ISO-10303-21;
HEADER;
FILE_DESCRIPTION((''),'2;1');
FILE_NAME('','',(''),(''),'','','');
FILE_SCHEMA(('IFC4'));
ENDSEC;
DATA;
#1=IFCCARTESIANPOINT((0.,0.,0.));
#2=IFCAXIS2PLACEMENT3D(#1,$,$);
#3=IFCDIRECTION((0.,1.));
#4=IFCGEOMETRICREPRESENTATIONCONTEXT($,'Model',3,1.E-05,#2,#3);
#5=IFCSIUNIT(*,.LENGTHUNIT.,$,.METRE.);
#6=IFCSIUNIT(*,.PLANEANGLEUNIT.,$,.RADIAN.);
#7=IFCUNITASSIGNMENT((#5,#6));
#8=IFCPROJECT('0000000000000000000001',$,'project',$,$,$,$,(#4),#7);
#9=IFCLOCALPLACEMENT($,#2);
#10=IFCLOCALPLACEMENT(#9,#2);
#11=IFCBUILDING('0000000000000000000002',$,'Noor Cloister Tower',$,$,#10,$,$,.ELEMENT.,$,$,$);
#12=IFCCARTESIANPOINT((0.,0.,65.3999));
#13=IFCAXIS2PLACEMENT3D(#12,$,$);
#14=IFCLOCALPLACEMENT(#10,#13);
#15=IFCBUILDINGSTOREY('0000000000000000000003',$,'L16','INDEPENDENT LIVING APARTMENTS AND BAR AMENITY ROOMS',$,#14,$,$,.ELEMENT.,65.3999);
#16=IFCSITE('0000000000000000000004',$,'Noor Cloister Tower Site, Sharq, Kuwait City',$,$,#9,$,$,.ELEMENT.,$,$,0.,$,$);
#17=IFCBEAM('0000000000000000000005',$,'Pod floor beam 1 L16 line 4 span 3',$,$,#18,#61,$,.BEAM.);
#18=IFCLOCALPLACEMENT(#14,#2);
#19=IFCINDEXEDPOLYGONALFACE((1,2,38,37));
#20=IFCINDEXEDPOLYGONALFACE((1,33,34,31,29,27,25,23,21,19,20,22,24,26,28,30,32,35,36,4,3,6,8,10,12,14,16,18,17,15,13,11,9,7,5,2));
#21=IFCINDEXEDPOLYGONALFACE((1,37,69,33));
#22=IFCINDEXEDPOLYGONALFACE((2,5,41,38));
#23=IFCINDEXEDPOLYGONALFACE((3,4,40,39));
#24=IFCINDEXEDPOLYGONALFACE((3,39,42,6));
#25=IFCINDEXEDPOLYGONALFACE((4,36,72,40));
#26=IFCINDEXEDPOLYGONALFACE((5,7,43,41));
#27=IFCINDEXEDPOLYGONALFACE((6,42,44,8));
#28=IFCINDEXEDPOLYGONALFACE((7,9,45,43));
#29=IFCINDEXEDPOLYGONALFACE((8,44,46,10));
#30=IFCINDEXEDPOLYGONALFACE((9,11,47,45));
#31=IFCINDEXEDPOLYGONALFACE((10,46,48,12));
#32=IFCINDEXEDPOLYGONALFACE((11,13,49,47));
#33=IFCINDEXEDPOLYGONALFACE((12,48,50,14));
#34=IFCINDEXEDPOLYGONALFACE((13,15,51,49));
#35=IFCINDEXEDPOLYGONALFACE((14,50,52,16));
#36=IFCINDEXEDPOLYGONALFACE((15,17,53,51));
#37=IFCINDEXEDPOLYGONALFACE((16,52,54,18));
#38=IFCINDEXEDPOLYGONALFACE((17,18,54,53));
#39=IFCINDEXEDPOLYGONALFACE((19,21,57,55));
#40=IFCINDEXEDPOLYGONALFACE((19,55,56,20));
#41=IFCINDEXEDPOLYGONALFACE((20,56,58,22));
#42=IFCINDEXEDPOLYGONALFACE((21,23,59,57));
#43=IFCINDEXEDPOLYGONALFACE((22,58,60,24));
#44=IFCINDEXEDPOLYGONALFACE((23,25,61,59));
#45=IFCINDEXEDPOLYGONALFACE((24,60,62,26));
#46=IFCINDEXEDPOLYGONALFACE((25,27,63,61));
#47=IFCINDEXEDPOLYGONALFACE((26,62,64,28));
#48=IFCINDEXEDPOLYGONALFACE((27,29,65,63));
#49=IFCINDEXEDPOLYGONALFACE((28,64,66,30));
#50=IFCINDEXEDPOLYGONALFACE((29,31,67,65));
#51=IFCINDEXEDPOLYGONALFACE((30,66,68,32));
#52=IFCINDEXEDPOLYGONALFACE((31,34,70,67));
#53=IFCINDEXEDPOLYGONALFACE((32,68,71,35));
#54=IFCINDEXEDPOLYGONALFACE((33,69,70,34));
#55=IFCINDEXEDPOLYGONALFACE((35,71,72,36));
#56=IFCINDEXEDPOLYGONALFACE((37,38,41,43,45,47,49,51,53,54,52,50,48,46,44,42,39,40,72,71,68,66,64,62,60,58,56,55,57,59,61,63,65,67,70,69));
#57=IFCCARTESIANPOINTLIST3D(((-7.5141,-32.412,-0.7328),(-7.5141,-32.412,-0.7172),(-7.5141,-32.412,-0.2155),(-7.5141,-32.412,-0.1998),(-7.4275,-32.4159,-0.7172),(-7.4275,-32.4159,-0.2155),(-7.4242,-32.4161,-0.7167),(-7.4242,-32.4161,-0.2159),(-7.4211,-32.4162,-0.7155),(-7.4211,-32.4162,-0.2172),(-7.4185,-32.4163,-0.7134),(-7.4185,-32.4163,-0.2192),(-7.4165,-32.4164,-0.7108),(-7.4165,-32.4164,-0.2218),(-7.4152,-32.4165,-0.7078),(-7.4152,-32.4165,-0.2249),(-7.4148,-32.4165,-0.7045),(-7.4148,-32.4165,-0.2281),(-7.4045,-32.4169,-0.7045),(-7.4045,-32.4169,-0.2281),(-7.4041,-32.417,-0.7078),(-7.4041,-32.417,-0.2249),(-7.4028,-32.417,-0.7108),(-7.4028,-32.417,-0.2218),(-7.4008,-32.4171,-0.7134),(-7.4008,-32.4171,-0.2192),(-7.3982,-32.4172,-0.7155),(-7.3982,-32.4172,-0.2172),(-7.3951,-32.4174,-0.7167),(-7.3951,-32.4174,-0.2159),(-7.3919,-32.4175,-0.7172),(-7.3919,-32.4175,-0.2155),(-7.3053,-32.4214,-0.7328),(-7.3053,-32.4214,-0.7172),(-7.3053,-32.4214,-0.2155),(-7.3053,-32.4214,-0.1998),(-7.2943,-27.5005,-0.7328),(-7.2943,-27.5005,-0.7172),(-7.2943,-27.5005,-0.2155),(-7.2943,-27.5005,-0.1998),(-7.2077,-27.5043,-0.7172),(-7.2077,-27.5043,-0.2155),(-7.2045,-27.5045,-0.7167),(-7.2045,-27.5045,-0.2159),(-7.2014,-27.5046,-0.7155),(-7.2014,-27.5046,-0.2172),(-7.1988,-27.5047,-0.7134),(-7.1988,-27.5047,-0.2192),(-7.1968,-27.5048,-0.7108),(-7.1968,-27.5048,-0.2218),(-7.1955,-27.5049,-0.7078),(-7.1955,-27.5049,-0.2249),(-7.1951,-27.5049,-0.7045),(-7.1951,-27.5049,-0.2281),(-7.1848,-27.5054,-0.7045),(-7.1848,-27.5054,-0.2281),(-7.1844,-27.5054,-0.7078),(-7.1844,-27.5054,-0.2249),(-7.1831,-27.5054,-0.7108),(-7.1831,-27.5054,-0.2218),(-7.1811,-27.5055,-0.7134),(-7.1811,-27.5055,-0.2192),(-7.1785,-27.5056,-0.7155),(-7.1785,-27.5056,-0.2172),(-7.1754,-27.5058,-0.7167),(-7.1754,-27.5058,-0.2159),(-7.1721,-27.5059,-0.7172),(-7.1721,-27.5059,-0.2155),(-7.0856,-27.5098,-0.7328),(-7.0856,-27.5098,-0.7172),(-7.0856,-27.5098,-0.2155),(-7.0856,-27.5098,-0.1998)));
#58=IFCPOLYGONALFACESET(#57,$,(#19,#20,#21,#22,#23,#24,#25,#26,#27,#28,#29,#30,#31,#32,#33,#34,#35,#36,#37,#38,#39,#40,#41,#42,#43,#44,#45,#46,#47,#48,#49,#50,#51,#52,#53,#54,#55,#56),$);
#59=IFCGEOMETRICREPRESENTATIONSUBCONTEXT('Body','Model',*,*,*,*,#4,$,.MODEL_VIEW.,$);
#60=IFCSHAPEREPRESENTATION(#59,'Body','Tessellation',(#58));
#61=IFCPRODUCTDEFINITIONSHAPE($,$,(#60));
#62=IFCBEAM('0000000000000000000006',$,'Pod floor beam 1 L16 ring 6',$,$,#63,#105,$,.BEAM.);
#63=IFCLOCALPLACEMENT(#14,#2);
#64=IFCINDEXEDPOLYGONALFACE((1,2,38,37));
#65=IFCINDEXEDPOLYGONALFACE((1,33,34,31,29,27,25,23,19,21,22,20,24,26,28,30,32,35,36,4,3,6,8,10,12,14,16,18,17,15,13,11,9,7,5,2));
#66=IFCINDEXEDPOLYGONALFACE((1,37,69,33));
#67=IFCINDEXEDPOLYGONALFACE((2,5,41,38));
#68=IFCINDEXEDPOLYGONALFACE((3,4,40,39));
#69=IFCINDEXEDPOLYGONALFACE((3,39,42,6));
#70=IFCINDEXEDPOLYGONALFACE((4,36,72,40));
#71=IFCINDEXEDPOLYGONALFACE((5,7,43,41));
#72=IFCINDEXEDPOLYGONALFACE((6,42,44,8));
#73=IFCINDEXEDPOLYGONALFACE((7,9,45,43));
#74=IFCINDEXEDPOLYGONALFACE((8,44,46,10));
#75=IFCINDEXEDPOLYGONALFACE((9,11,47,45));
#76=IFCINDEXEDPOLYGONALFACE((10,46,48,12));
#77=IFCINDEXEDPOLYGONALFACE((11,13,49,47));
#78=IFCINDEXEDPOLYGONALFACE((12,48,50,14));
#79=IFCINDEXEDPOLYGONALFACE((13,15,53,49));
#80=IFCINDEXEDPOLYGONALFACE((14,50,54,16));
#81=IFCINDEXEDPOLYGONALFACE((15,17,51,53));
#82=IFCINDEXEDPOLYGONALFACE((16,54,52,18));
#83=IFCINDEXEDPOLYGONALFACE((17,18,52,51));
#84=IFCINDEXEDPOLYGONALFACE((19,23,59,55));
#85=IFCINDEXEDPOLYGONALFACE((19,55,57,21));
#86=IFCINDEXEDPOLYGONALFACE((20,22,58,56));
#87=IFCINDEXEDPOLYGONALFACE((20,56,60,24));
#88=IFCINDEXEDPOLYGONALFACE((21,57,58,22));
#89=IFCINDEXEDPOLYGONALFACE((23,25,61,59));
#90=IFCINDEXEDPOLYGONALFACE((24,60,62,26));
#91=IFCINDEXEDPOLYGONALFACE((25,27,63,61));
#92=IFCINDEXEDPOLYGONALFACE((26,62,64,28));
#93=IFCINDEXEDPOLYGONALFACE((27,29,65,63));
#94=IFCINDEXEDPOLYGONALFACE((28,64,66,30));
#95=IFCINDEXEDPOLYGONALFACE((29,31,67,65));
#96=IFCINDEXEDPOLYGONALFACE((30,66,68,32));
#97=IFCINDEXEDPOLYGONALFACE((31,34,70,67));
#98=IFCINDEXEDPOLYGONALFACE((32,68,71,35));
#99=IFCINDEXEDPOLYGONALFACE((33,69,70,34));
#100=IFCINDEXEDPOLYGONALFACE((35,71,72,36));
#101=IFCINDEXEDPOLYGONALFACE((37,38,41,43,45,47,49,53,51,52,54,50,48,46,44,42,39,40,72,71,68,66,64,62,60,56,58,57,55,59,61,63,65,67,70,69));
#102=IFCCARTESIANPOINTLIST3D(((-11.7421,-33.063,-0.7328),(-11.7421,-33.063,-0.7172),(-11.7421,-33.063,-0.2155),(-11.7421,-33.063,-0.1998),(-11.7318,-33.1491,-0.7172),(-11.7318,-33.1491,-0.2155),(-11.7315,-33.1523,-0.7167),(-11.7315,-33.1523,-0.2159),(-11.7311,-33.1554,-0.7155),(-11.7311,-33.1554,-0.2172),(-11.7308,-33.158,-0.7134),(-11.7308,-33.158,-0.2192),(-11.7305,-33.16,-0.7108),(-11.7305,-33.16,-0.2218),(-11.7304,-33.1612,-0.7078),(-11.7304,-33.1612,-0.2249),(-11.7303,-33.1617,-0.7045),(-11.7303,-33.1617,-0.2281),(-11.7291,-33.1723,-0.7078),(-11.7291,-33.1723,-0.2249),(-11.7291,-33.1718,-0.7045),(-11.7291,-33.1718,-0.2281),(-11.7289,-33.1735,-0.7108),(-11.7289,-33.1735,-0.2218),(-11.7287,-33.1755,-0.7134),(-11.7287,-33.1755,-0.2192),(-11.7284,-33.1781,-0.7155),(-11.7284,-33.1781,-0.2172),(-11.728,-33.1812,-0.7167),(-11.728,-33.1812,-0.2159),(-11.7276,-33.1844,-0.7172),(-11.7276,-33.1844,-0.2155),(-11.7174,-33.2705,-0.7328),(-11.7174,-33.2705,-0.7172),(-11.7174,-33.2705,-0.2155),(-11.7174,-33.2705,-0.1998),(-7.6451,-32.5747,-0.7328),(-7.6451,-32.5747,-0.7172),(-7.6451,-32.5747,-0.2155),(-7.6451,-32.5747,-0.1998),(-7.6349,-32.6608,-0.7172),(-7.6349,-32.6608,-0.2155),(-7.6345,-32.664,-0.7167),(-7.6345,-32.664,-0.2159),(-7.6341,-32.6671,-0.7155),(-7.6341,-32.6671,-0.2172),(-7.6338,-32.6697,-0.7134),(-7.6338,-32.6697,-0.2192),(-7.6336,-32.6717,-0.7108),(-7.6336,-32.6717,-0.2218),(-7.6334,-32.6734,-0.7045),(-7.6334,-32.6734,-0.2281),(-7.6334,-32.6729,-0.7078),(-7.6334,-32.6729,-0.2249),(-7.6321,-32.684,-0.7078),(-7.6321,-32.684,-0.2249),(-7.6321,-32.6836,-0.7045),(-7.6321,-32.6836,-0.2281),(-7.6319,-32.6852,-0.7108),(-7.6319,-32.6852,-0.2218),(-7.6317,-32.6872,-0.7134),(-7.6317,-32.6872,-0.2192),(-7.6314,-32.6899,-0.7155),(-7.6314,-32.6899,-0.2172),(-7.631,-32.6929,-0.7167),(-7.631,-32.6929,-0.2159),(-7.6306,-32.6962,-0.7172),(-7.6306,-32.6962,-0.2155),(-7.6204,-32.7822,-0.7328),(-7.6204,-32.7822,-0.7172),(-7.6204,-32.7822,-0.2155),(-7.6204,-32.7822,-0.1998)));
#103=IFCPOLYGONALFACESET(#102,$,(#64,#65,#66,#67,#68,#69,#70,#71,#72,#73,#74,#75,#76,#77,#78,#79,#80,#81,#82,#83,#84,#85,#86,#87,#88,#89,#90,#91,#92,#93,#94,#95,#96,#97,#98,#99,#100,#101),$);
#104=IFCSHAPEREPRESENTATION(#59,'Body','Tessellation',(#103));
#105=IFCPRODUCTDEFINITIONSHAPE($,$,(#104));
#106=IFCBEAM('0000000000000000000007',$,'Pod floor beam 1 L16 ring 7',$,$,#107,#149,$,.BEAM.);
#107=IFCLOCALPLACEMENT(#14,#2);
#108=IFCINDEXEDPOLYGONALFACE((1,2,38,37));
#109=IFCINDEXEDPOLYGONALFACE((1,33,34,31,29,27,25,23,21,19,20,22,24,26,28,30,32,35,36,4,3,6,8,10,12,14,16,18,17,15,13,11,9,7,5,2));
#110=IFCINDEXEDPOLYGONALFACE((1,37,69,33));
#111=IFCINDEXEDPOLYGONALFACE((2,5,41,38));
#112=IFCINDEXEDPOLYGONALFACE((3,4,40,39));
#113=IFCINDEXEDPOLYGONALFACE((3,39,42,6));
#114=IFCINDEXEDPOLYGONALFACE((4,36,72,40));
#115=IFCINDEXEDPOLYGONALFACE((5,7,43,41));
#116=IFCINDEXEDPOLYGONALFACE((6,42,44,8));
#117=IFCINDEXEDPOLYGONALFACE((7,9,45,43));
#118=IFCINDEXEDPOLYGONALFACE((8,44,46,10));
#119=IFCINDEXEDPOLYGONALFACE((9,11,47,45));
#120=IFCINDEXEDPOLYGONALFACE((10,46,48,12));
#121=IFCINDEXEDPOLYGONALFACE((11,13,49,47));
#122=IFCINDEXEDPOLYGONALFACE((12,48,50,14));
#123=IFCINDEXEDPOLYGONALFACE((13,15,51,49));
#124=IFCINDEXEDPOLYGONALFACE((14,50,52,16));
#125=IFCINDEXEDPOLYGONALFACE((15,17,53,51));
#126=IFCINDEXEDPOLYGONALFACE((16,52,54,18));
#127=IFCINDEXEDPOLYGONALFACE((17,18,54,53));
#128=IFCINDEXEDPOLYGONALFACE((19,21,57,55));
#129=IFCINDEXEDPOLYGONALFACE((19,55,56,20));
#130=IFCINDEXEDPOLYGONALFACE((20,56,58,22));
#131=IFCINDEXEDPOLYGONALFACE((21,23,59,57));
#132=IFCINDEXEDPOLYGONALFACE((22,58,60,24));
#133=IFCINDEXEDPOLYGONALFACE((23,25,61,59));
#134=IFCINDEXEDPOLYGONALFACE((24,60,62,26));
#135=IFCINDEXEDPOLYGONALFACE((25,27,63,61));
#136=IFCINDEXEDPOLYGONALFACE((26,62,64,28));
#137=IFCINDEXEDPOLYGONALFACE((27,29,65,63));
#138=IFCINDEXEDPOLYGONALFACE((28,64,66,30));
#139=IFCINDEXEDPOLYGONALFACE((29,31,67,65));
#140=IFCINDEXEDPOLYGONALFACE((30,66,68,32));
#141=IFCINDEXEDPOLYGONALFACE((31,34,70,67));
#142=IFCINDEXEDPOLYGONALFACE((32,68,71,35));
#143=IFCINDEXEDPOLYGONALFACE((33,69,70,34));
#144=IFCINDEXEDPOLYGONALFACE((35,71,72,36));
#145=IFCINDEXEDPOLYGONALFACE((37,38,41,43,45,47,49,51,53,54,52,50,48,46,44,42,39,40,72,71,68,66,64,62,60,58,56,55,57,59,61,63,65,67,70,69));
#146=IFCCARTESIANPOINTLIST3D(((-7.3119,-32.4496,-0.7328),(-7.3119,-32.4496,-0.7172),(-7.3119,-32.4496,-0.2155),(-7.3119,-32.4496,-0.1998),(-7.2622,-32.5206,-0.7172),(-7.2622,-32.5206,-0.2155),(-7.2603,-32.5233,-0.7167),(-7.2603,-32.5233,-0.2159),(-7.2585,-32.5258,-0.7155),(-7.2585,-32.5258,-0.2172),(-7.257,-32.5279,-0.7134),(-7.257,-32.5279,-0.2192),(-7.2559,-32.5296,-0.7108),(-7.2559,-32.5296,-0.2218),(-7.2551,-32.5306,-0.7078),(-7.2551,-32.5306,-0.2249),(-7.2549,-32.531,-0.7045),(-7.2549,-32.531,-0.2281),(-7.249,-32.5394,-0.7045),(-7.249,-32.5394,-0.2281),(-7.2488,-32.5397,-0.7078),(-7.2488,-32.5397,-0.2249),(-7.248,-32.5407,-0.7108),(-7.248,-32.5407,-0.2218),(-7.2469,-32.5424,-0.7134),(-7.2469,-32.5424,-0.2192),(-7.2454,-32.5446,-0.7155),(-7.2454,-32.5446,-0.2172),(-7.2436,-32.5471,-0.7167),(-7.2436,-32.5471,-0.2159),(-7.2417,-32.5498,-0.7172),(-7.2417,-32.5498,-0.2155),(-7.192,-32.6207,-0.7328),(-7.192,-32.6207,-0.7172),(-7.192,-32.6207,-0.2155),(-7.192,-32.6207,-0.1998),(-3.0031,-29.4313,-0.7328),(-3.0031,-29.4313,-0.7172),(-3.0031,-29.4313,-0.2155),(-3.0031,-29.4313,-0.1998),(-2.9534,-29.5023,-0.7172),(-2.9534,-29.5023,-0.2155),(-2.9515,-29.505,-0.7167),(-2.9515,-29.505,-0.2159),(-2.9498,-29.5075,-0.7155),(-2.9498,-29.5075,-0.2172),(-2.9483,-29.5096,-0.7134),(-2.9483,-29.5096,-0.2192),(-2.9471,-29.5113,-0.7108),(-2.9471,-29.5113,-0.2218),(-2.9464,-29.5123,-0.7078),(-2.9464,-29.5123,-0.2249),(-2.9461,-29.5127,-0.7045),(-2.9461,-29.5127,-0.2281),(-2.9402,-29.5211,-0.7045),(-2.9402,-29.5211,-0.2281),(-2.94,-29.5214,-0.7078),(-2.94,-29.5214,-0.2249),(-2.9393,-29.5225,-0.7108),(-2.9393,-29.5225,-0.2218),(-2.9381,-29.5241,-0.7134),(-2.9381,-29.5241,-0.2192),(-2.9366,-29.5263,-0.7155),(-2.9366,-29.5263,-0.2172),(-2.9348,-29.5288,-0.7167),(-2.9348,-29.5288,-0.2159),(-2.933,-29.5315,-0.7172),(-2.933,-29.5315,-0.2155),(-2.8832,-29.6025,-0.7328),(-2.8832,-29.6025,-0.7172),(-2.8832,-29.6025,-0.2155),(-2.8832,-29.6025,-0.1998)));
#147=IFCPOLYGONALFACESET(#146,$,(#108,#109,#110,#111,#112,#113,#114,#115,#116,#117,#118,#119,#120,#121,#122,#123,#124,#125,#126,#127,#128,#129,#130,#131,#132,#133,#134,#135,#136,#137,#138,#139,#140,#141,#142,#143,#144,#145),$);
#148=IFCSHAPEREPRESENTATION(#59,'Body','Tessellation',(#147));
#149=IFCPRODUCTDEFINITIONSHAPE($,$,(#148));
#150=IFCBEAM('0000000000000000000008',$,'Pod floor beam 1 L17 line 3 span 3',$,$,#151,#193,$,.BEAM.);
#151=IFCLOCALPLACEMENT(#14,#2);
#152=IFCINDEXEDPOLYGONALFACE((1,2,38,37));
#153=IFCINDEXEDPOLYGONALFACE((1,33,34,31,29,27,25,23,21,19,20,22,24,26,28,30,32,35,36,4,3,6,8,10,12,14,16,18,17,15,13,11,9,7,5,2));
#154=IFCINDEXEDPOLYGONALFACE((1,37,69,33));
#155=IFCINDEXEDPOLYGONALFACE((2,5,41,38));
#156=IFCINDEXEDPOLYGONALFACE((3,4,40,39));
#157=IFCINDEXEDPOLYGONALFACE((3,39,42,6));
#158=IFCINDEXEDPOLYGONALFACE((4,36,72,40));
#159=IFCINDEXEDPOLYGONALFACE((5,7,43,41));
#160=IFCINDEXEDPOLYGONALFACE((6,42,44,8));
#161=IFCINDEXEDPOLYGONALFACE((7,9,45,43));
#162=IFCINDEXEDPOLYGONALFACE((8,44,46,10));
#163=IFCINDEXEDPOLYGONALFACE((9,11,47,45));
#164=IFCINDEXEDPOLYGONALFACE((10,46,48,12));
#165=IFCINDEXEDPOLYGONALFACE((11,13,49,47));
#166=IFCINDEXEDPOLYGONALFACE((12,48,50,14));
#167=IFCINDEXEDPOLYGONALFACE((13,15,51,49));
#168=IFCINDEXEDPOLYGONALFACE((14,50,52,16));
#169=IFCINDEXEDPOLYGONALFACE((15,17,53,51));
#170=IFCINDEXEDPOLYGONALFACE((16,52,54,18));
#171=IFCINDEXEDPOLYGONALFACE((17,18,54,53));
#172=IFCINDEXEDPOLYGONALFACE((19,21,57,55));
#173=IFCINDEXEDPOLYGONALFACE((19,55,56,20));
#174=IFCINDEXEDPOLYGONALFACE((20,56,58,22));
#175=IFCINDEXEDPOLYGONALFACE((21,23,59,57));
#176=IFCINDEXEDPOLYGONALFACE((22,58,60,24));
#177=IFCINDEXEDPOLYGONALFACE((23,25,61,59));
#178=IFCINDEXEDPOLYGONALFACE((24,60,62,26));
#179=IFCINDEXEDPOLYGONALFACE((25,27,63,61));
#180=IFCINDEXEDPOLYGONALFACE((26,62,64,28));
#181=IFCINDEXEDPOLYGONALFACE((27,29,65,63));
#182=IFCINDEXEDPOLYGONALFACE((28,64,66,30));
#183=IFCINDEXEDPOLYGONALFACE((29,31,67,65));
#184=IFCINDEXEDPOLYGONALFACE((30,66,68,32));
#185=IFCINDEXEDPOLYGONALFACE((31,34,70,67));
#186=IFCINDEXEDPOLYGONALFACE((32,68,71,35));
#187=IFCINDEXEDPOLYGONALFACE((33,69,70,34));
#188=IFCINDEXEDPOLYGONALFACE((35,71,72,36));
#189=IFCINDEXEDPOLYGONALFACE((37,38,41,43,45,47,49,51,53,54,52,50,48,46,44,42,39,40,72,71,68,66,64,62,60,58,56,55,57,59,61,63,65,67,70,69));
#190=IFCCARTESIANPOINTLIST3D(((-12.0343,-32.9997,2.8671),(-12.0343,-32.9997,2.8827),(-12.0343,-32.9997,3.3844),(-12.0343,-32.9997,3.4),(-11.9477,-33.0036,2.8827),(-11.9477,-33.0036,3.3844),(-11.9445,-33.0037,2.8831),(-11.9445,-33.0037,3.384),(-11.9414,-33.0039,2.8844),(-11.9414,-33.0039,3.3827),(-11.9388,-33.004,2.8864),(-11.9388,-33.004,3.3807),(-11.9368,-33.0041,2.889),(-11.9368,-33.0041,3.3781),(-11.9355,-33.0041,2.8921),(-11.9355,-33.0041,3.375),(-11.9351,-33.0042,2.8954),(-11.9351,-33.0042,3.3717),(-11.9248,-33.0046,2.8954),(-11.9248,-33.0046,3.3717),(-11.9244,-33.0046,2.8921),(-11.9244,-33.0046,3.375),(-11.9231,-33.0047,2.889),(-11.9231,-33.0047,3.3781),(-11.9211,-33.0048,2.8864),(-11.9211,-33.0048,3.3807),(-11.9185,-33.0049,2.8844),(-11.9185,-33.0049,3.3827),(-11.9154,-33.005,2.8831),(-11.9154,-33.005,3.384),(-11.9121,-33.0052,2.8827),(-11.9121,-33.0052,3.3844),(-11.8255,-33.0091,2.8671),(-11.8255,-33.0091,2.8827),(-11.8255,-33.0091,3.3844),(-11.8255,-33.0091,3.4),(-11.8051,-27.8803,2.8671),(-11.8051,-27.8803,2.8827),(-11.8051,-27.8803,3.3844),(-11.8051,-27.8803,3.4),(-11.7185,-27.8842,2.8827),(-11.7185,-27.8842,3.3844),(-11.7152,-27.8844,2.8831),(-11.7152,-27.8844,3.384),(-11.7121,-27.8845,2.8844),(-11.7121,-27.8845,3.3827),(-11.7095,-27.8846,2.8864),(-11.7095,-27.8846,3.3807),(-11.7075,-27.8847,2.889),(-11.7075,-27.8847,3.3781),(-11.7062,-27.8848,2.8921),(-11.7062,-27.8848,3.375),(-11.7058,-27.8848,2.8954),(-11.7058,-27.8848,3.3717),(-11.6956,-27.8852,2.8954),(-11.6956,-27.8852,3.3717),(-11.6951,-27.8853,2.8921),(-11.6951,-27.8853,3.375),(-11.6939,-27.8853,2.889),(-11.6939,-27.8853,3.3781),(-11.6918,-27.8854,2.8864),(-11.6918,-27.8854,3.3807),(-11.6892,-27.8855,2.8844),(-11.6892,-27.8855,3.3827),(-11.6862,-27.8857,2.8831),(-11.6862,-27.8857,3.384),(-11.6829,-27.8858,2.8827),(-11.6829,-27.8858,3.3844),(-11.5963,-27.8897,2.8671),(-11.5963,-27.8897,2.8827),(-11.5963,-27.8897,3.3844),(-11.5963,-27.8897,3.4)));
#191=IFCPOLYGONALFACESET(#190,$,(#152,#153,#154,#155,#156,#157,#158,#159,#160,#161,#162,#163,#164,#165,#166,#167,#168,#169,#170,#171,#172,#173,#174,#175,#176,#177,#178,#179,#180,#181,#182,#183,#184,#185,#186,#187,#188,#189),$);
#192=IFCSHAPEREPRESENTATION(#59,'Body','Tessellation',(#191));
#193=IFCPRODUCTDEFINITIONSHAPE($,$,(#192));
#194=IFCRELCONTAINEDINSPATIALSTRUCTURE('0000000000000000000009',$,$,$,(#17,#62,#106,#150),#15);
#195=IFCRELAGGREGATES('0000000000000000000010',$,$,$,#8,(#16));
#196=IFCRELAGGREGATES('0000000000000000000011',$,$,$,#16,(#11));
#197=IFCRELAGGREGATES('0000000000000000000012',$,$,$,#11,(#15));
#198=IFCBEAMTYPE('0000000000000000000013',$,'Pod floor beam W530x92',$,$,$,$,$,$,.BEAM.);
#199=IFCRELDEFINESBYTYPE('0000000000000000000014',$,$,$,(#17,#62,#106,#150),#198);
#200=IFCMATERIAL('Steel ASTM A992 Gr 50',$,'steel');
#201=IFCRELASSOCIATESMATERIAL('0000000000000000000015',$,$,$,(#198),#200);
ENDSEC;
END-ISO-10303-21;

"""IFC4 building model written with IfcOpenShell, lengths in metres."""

from ifc_helpers import new_model, si_unit, direction, frame, origin, origin_2d, place, context, subcontext, project, spatial, i_section, extrude, material, material_profile, profile_set, type_object, element, save


model = new_model("IFC4")

# Units and contexts
model_context = context("Model", 3, precision=1e-05, world=origin(), true_north=direction((0.0, 1.0)))
body_context = subcontext(model_context, "Body", "Model", "MODEL_VIEW")
ifc_project = project(units=[si_unit("LENGTHUNIT", "METRE"), si_unit("PLANEANGLEUNIT", "RADIAN")], contexts=[model_context])

# Site, building, storey
site_placement = place(None, origin())
site = spatial("IfcSite", under=ifc_project, at=site_placement, Name="Noor Cloister Tower Site, Sharq, Kuwait City", CompositionType="ELEMENT", RefElevation=0.0)
building_placement = place(site_placement, origin())
building = spatial("IfcBuilding", under=site, at=building_placement, Name="Noor Cloister Tower", CompositionType="ELEMENT")
storey_placement = place(building_placement, frame((0.0, 0.0, 65.3999)))
storey = spatial("IfcBuildingStorey", under=building, at=storey_placement, Name="L16", Description="INDEPENDENT LIVING APARTMENTS AND BAR AMENITY ROOMS", CompositionType="ELEMENT", Elevation=65.3999)

# Beams
ifc_material_1 = material(Name="Steel ASTM A992 Gr 50", Category="steel")
ifc_material_profile_1 = material_profile(ifc_material_1, i_section(OverallWidth=0.209, OverallDepth=0.533, WebThickness=0.0103, FlangeThickness=0.0156, FilletRadius=0.0127, at=origin_2d()), Name="W530x92")
ifc_profile_set_1 = profile_set([ifc_material_profile_1], Name="Steel ASTM A992 Gr 50")
beam_type = type_object("IfcBeamType", Name="Pod floor beam W530x92", PredefinedType="BEAM", material=ifc_profile_set_1)
beam_1_placement = place(storey_placement, frame((-7.1899, -27.5051, -0.4663), z_axis=(-0.044691, -0.999001, 0.0), x_axis=(0.999001, -0.044691, 0.0)))
element("IfcBeam", 1, at=beam_1_placement, inside=storey, type_object=beam_type, Name="Pod floor beam 1 L16 line 4 span 3", PredefinedType="BEAM", context=body_context, shape_type="SweptSolid", body=[
    extrude(i_section(OverallWidth=0.209, OverallDepth=0.533, WebThickness=0.0103, FlangeThickness=0.0156, FilletRadius=0.0127, at=origin_2d()), origin(), (0.0, 0.0, 1.0), 4.9165),
])
beam_2_placement = place(storey_placement, frame((-11.7297, -33.1667, -0.4663), z_axis=(0.992973, 0.118345, 0.0), x_axis=(-0.118345, 0.992973, 0.0)))
element("IfcBeam", 2, at=beam_2_placement, inside=storey, type_object=beam_type, Name="Pod floor beam 1 L16 ring 6", PredefinedType="BEAM", context=body_context, shape_type="SweptSolid", body=[
    extrude(i_section(OverallWidth=0.209, OverallDepth=0.533, WebThickness=0.0103, FlangeThickness=0.0156, FilletRadius=0.0127, at=origin_2d()), origin(), (0.0, 0.0, 1.0), 4.126),
])
beam_3_placement = place(storey_placement, frame((-7.252, -32.5352, -0.4663), z_axis=(0.819042, 0.573733, 0.0), x_axis=(-0.573733, 0.819042, 0.0)))
element("IfcBeam", 3, at=beam_3_placement, inside=storey, type_object=beam_type, Name="Pod floor beam 1 L16 ring 7", PredefinedType="BEAM", context=body_context, shape_type="SweptSolid", body=[
    extrude(i_section(OverallWidth=0.209, OverallDepth=0.533, WebThickness=0.0103, FlangeThickness=0.0156, FilletRadius=0.0127, at=origin_2d()), origin(), (0.0, 0.0, 1.0), 5.2607),
])
beam_4_placement = place(storey_placement, frame((-11.7007, -27.885, 3.1335), z_axis=(-0.044736, -0.998999, 0.0), x_axis=(0.998999, -0.044736, 0.0)))
element("IfcBeam", 4, at=beam_4_placement, inside=storey, type_object=beam_type, Name="Pod floor beam 1 L17 line 3 span 3", PredefinedType="BEAM", context=body_context, shape_type="SweptSolid", body=[
    extrude(i_section(OverallWidth=0.209, OverallDepth=0.533, WebThickness=0.0103, FlangeThickness=0.0156, FilletRadius=0.0127, at=origin_2d()), origin(), (0.0, 0.0, 1.0), 5.1245),
])

save(model, "model.ifc")
